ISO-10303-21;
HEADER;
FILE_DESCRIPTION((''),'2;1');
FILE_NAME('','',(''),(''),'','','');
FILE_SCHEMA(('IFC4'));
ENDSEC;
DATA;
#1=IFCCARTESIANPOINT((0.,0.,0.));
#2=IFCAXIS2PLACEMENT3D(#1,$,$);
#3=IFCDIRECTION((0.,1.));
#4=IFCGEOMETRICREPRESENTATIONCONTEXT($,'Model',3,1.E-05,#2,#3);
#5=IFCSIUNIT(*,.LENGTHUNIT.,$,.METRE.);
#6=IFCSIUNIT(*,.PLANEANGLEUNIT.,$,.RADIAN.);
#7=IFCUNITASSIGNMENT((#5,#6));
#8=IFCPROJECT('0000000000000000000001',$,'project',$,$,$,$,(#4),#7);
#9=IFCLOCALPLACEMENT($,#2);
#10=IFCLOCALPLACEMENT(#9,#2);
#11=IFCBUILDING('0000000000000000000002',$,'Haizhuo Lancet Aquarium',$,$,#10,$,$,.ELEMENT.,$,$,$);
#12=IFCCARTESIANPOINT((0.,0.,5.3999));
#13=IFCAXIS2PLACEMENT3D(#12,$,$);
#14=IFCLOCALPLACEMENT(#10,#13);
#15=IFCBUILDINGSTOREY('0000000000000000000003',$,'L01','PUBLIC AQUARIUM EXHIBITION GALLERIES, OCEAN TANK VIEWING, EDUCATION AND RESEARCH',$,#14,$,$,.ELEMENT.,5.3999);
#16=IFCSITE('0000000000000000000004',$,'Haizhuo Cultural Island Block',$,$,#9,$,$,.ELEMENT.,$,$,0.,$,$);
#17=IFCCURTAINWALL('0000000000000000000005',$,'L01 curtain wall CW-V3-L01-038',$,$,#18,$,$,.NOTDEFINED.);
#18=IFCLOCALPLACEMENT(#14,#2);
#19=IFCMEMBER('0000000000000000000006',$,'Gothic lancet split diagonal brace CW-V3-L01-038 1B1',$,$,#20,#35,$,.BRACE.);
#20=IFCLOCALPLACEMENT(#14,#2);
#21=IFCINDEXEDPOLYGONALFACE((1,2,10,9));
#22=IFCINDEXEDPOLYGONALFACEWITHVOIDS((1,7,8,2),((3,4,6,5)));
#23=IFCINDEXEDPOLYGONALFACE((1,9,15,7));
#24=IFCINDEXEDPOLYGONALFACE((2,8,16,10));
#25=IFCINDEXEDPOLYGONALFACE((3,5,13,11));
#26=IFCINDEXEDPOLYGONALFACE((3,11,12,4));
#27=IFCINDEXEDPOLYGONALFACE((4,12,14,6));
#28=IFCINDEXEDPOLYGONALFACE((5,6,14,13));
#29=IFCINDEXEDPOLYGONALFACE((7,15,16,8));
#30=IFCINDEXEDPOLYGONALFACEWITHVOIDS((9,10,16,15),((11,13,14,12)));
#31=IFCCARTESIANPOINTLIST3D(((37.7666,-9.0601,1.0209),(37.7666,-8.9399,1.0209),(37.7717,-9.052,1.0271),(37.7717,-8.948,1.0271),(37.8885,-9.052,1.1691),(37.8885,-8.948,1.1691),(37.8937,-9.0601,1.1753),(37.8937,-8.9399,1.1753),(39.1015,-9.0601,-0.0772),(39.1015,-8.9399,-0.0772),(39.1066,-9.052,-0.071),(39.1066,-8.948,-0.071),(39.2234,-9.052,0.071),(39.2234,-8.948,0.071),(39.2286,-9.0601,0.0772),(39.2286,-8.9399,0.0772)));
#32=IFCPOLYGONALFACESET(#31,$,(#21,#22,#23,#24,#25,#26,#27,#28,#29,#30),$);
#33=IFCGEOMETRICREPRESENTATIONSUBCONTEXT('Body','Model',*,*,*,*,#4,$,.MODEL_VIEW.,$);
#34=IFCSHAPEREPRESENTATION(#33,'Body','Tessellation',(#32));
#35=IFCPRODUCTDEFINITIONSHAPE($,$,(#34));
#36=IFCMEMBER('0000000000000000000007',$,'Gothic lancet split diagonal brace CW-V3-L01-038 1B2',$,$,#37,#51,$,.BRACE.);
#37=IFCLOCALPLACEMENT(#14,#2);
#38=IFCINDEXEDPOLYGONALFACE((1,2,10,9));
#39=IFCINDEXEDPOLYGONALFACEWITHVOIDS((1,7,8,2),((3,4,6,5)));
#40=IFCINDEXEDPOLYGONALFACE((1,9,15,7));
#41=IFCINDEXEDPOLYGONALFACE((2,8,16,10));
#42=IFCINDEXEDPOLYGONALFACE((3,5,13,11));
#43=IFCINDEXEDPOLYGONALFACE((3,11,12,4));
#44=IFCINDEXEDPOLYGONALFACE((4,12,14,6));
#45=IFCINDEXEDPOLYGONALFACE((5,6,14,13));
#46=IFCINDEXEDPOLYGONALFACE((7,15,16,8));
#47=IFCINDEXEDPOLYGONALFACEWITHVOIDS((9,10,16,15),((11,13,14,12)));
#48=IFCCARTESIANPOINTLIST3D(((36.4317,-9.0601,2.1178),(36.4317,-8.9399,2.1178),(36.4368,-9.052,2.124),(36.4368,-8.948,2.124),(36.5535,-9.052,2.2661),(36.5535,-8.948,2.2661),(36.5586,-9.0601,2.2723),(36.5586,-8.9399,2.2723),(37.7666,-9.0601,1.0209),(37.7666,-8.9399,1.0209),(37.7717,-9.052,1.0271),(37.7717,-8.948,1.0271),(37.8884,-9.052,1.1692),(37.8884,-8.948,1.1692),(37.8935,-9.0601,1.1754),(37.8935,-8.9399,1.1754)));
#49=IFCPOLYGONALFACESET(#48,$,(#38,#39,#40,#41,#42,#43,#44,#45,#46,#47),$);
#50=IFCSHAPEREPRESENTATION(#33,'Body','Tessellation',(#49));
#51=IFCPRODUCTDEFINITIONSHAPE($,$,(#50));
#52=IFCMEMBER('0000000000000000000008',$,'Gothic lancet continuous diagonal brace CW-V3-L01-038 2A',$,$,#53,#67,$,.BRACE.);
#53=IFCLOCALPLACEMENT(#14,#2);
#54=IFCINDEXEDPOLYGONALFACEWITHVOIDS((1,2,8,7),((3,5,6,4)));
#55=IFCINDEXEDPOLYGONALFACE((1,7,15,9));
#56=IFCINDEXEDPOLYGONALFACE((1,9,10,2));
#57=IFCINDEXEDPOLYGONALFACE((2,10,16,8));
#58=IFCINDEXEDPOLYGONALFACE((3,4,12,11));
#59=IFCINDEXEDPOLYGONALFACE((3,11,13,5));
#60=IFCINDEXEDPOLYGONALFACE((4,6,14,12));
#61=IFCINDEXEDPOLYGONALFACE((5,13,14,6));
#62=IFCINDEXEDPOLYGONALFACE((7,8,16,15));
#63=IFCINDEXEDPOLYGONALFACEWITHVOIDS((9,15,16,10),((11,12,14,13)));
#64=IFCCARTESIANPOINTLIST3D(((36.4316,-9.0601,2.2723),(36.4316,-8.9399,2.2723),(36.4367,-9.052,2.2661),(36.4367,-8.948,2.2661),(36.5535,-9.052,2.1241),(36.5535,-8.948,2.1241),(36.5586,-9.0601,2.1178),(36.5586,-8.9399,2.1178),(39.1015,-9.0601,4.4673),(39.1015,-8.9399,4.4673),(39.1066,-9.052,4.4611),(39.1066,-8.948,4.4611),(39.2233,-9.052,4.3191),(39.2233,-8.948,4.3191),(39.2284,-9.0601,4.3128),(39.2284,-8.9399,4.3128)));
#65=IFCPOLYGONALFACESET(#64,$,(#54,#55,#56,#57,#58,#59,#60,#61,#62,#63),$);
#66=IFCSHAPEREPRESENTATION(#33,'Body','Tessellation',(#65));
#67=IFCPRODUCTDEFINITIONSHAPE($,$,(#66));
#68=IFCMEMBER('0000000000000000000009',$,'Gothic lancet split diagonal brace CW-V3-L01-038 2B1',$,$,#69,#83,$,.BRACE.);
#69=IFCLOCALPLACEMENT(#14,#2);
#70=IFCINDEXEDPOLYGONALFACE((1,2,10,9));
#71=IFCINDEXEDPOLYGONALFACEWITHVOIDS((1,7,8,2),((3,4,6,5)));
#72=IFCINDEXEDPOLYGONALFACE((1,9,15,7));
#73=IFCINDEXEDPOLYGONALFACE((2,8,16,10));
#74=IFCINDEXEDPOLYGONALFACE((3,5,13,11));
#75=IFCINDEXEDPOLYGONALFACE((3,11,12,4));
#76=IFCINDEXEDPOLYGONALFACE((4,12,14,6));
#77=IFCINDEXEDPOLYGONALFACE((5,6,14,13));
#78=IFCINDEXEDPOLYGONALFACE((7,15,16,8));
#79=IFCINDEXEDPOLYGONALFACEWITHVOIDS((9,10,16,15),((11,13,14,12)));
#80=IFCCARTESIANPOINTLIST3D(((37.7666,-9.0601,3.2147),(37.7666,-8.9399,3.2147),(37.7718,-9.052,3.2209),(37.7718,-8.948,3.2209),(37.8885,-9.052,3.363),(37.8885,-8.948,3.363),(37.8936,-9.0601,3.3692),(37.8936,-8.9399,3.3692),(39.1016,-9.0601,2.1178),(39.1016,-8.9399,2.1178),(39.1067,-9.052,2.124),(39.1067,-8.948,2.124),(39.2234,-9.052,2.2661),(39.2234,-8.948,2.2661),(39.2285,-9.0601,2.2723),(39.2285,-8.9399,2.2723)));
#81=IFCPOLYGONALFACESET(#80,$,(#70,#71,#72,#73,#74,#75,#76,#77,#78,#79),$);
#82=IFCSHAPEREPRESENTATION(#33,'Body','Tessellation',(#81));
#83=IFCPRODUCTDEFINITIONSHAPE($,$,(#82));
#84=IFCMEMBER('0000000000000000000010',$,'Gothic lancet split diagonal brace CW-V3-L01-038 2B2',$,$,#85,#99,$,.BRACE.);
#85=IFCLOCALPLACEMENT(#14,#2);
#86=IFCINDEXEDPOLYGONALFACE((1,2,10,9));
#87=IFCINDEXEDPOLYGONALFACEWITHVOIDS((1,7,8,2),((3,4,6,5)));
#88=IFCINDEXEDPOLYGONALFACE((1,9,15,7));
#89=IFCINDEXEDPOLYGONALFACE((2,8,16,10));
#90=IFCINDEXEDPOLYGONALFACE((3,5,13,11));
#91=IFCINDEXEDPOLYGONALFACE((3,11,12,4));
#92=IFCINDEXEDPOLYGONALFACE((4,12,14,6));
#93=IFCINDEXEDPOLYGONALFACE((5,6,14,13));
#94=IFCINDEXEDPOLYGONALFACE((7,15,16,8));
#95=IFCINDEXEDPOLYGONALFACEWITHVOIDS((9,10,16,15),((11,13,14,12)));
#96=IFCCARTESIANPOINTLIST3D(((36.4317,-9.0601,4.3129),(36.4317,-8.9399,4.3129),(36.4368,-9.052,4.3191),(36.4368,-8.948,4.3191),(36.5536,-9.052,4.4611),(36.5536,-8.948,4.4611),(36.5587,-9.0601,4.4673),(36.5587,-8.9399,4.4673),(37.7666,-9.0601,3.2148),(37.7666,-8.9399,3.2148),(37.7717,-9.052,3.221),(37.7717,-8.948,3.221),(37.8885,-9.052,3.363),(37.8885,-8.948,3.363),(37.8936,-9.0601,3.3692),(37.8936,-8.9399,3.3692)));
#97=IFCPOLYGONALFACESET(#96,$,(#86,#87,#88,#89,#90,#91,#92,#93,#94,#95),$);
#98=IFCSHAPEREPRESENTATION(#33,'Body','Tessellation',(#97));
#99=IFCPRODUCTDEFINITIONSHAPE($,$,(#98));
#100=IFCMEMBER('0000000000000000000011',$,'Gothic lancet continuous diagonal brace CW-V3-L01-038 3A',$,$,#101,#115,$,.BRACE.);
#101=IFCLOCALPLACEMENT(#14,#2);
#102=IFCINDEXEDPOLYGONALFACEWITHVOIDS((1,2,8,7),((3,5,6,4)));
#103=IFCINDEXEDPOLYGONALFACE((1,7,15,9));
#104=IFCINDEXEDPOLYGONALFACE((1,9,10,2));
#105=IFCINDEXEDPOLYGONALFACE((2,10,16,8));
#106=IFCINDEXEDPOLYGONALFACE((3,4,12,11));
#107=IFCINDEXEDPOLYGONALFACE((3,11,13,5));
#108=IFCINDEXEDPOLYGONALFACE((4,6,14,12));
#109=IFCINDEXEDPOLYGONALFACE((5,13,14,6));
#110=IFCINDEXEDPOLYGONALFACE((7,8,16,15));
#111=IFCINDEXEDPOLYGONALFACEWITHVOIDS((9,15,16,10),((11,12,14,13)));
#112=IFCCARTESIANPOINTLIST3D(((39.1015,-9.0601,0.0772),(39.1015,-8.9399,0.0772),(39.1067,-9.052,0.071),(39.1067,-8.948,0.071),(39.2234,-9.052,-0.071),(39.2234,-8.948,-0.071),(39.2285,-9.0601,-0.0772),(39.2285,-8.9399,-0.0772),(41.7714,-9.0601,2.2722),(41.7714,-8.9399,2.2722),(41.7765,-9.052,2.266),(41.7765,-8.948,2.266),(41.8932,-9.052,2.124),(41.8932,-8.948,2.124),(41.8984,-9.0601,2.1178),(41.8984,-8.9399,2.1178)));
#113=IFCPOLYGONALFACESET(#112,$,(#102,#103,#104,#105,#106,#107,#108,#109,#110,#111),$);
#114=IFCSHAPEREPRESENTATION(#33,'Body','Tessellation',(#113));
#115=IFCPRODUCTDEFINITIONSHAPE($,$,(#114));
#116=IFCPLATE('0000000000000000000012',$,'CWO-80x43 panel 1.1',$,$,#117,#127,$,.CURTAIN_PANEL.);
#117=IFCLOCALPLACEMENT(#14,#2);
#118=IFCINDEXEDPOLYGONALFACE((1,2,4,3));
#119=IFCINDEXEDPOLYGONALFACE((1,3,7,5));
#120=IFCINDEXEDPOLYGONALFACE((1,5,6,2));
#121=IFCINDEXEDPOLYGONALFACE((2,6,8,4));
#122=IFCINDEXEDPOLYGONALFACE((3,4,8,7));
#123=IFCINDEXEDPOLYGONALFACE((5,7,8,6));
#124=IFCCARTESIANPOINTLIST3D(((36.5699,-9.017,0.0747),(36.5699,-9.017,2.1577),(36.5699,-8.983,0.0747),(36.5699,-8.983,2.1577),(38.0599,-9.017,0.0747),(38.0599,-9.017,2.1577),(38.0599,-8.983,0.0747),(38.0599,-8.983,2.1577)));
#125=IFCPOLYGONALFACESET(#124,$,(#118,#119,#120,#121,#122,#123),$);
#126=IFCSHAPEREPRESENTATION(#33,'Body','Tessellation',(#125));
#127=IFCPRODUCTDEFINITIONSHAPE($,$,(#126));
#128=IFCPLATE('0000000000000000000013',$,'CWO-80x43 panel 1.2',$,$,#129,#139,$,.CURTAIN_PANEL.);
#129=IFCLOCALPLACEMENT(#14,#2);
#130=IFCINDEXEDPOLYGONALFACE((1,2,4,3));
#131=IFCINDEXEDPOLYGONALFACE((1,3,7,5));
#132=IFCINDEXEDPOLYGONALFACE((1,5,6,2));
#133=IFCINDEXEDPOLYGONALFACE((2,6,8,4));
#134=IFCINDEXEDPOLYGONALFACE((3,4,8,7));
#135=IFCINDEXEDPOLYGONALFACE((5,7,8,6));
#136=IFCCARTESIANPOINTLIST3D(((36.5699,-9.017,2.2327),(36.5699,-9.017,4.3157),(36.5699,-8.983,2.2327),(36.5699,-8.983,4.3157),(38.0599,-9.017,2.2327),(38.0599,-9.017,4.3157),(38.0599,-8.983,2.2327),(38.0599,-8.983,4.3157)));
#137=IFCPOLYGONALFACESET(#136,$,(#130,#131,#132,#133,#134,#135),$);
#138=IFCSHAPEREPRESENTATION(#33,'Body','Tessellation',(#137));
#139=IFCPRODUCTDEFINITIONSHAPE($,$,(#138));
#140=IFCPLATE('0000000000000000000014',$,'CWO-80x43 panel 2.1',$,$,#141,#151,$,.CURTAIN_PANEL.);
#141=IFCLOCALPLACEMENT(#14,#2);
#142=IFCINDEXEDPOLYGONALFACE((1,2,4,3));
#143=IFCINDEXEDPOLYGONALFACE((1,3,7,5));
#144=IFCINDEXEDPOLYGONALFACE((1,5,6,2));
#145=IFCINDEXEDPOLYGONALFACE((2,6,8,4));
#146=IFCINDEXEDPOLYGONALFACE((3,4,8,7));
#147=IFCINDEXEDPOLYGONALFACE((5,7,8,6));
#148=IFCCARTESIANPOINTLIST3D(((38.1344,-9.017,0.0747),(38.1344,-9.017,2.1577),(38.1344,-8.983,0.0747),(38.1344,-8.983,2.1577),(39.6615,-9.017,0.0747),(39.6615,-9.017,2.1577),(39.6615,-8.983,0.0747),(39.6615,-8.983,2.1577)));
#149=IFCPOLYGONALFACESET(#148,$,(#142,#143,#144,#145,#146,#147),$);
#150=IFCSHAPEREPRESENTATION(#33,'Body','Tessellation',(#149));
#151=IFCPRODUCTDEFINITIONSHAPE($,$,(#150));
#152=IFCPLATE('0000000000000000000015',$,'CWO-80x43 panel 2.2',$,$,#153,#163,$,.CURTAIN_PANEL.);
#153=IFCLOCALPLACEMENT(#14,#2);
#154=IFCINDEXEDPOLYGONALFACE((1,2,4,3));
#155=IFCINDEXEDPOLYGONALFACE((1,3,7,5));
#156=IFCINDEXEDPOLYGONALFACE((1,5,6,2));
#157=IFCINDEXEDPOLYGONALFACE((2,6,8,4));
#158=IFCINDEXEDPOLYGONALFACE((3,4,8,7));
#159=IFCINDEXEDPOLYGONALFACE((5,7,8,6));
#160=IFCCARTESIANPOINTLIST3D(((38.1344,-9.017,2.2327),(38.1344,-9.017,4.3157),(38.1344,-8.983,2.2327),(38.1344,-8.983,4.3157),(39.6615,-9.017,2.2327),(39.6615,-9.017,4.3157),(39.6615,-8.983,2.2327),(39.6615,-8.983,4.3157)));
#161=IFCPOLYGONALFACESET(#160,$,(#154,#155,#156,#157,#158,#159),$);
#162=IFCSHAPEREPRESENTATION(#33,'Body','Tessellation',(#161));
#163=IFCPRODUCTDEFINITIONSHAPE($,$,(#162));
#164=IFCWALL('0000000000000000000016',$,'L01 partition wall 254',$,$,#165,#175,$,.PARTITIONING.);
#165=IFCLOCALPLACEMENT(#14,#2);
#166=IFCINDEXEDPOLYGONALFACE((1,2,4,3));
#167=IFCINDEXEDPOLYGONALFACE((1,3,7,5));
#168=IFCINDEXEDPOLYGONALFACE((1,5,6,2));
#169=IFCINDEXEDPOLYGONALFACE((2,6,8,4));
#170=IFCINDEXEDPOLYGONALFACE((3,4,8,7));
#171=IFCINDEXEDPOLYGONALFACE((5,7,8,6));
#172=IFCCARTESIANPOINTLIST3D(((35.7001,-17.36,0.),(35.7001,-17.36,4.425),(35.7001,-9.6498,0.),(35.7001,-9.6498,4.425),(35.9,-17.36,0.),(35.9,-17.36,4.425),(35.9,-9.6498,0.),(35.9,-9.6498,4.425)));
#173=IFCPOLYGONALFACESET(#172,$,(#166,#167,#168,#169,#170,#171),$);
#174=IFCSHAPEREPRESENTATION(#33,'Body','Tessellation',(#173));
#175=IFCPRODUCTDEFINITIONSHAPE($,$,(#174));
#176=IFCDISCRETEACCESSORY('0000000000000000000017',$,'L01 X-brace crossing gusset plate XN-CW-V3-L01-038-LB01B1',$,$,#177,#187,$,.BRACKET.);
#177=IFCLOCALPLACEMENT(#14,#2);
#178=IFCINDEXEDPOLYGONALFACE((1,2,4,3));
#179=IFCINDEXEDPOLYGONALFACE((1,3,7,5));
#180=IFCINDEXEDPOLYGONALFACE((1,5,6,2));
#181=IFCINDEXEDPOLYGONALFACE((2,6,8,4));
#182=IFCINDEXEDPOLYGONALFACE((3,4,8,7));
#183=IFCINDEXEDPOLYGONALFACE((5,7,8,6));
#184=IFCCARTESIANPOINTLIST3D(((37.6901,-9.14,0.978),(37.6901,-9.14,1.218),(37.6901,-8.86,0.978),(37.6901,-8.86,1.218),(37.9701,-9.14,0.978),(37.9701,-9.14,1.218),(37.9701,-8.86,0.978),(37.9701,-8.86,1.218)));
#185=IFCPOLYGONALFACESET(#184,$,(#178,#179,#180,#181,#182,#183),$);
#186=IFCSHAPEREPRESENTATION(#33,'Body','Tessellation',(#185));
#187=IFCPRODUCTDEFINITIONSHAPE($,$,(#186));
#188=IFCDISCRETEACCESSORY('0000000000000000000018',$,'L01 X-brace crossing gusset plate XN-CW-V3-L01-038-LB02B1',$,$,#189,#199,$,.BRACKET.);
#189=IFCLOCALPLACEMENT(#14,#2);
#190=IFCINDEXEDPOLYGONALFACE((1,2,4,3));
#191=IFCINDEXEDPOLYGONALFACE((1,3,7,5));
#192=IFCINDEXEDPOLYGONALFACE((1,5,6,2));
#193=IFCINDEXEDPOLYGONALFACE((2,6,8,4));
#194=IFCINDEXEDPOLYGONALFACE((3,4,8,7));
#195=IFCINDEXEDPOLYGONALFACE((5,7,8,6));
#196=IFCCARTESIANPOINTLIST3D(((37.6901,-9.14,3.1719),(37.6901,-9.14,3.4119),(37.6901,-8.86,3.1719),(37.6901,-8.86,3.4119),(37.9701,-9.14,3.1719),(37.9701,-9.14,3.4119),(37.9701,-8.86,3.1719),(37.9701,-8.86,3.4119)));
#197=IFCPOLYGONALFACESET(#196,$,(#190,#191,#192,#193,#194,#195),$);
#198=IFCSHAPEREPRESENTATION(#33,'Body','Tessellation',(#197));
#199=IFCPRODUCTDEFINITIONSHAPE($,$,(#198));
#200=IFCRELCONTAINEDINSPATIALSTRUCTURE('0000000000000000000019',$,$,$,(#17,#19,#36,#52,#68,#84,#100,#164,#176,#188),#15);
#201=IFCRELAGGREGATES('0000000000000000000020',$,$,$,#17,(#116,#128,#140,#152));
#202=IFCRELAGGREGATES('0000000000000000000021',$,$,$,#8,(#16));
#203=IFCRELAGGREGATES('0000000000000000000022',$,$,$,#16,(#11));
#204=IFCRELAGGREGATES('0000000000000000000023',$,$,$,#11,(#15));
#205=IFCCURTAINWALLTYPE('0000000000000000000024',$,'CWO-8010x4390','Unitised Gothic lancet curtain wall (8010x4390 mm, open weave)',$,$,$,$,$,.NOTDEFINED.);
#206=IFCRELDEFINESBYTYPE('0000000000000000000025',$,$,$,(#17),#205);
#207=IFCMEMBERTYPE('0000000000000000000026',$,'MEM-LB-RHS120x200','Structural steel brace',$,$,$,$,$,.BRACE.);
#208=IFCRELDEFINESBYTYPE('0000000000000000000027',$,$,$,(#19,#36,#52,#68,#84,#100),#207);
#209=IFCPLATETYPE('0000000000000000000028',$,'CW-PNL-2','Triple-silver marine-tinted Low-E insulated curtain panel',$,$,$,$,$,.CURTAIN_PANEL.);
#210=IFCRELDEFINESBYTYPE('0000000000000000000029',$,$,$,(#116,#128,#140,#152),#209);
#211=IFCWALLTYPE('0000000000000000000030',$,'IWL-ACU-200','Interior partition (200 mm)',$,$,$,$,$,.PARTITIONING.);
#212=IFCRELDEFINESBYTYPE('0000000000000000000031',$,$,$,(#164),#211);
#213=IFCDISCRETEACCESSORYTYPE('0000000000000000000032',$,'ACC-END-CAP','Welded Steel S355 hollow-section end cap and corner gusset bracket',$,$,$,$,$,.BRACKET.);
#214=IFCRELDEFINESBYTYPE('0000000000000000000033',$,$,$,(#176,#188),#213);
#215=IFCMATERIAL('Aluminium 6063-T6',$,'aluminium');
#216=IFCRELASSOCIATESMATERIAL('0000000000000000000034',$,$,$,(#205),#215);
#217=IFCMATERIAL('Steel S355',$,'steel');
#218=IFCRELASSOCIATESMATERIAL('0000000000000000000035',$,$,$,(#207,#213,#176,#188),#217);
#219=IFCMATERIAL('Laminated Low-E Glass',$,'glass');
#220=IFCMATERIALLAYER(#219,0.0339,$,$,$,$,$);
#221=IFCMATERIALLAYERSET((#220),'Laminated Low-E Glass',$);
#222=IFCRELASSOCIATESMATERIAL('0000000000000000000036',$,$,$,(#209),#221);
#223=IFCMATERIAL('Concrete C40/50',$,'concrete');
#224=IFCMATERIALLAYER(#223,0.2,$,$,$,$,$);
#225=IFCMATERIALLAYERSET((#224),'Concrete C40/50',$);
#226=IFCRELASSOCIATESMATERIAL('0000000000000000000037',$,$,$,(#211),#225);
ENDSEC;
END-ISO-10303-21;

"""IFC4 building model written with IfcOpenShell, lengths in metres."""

from ifc_helpers import new_model, si_unit, direction, frame, frame_2d, origin, origin_2d, place, context, subcontext, project, spatial, rectangle, hollow_rectangle, extrude, material, layer, layer_set, material_profile, profile_set, type_object, element, aggregate, save


model = new_model("IFC4")

# Units and contexts
model_context = context("Model", 3, precision=1e-05, world=origin(), true_north=direction((0.0, 1.0)))
body_context = subcontext(model_context, "Body", "Model", "MODEL_VIEW")
ifc_project = project(units=[si_unit("LENGTHUNIT", "METRE"), si_unit("PLANEANGLEUNIT", "RADIAN")], contexts=[model_context])

# Site, building, storey
site_placement = place(None, origin())
site = spatial("IfcSite", under=ifc_project, at=site_placement, Name="Haizhuo Cultural Island Block", CompositionType="ELEMENT", RefElevation=0.0)
building_placement = place(site_placement, origin())
building = spatial("IfcBuilding", under=site, at=building_placement, Name="Haizhuo Lancet Aquarium", CompositionType="ELEMENT")
storey_placement = place(building_placement, frame((0.0, 0.0, 5.3999)))
storey = spatial("IfcBuildingStorey", under=building, at=storey_placement, Name="L01", Description="PUBLIC AQUARIUM EXHIBITION GALLERIES, OCEAN TANK VIEWING, EDUCATION AND RESEARCH", CompositionType="ELEMENT", Elevation=5.3999)

# Shared definitions
ifc_material_1 = material(Name="Concrete C40/50", Category="concrete")

# Curtain wall
ifc_material_2 = material(Name="Aluminium 6063-T6", Category="aluminium")
curtain_wall_type = type_object("IfcCurtainWallType", Name="CWO-8010x4390", Description="Unitised Gothic lancet curtain wall (8010x4390 mm, open weave)", PredefinedType="NOTDEFINED", material=ifc_material_2)
curtain_wall_placement = place(storey_placement, origin())
curtain_wall = element("IfcCurtainWall", 1, at=curtain_wall_placement, inside=storey, type_object=curtain_wall_type, Name="L01 curtain wall CW-V3-L01-038", PredefinedType="NOTDEFINED")

# Members
ifc_material_3 = material(Name="Steel S355", Category="steel")
ifc_material_profile_1 = material_profile(ifc_material_3, hollow_rectangle(XDim=0.1201, YDim=0.2, WallThickness=0.0081, at=origin_2d()), Name="RHS 120x200x8")
ifc_profile_set_1 = profile_set([ifc_material_profile_1], Name="Steel S355")
member_type_1 = type_object("IfcMemberType", Name="MEM-LB-RHS120x200", Description="Structural steel brace", PredefinedType="BRACE", material=ifc_profile_set_1)
member_1_placement = place(storey_placement, frame((39.165, -9.0, 0.0), z_axis=(-0.772281, 0.0, 0.635281), x_axis=(0.0, -1.0, 0.0)))
element("IfcMember", 2, at=member_1_placement, inside=storey, type_object=member_type_1, Name="Gothic lancet split diagonal brace CW-V3-L01-038 1B1", PredefinedType="BRACE", context=body_context, shape_type="SweptSolid", body=[
    extrude(hollow_rectangle(XDim=0.1201, YDim=0.2, WallThickness=0.0081, at=origin_2d()), origin(), (0.0, 0.0, 1.0), 1.7285),
])
member_2_placement = place(storey_placement, frame((37.8301, -9.0, 1.0981), z_axis=(-0.772627, 0.0, 0.63486), x_axis=(0.0, -1.0, 0.0)))
element("IfcMember", 3, at=member_2_placement, inside=storey, type_object=member_type_1, Name="Gothic lancet split diagonal brace CW-V3-L01-038 1B2", PredefinedType="BRACE", context=body_context, shape_type="SweptSolid", body=[
    extrude(hollow_rectangle(XDim=0.1201, YDim=0.2, WallThickness=0.0081, at=origin_2d()), origin(), (0.0, 0.0, 1.0), 1.7278),
])
member_3_placement = place(storey_placement, frame((36.4951, -9.0, 2.1951), z_axis=(0.772454, 0.0, 0.635071), x_axis=(0.0, 1.0, 0.0)))
element("IfcMember", 4, at=member_3_placement, inside=storey, type_object=member_type_1, Name="Gothic lancet continuous diagonal brace CW-V3-L01-038 2A", PredefinedType="BRACE", context=body_context, shape_type="SweptSolid", body=[
    extrude(hollow_rectangle(XDim=0.1201, YDim=0.2, WallThickness=0.0081, at=origin_2d()), origin(), (0.0, 0.0, 1.0), 3.4563),
])
member_4_placement = place(storey_placement, frame((39.165, -9.0, 2.1951), z_axis=(-0.772627, 0.0, 0.63486), x_axis=(0.0, -1.0, 0.0)))
element("IfcMember", 5, at=member_4_placement, inside=storey, type_object=member_type_1, Name="Gothic lancet split diagonal brace CW-V3-L01-038 2B1", PredefinedType="BRACE", context=body_context, shape_type="SweptSolid", body=[
    extrude(hollow_rectangle(XDim=0.1201, YDim=0.2, WallThickness=0.0081, at=origin_2d()), origin(), (0.0, 0.0, 1.0), 1.7278),
])
member_5_placement = place(storey_placement, frame((37.8301, -9.0, 3.292), z_axis=(-0.772281, 0.0, 0.635281), x_axis=(0.0, -1.0, 0.0)))
element("IfcMember", 6, at=member_5_placement, inside=storey, type_object=member_type_1, Name="Gothic lancet split diagonal brace CW-V3-L01-038 2B2", PredefinedType="BRACE", context=body_context, shape_type="SweptSolid", body=[
    extrude(hollow_rectangle(XDim=0.1201, YDim=0.2, WallThickness=0.0081, at=origin_2d()), origin(), (0.0, 0.0, 1.0), 1.7285),
])
member_6_placement = place(storey_placement, frame((39.165, -9.0, 0.0), z_axis=(0.772454, 0.0, 0.635071), x_axis=(0.0, 1.0, 0.0)))
element("IfcMember", 7, at=member_6_placement, inside=storey, type_object=member_type_1, Name="Gothic lancet continuous diagonal brace CW-V3-L01-038 3A", PredefinedType="BRACE", context=body_context, shape_type="SweptSolid", body=[
    extrude(hollow_rectangle(XDim=0.1201, YDim=0.2, WallThickness=0.0081, at=origin_2d()), origin(), (0.0, 0.0, 1.0), 3.4563),
])

# Plates
ifc_material_4 = material(Name="Laminated Low-E Glass", Category="glass")
ifc_layer_1 = layer(ifc_material_4, 0.0339)
ifc_layer_set_1 = layer_set([ifc_layer_1], Name="Laminated Low-E Glass")
plate_type = type_object("IfcPlateType", Name="CW-PNL-2", Description="Triple-silver marine-tinted Low-E insulated curtain panel", PredefinedType="CURTAIN_PANEL", material=ifc_layer_set_1)
plate_1_placement = place(storey_placement, frame((37.3149, -9.0, 0.0747), z_axis=(0.0, 0.0, 1.0), x_axis=(1.0, 0.0, 0.0)))
plate_1 = element("IfcPlate", 8, at=plate_1_placement, type_object=plate_type, Name="CWO-80x43 panel 1.1", PredefinedType="CURTAIN_PANEL", context=body_context, shape_type="SweptSolid", body=[
    extrude(rectangle(XDim=1.49, YDim=0.0339, at=origin_2d()), origin(), (0.0, 0.0, 1.0), 2.083),
])
plate_2_placement = place(storey_placement, frame((37.3149, -9.0, 2.2327), z_axis=(0.0, 0.0, 1.0), x_axis=(1.0, 0.0, 0.0)))
plate_2 = element("IfcPlate", 9, at=plate_2_placement, type_object=plate_type, Name="CWO-80x43 panel 1.2", PredefinedType="CURTAIN_PANEL", context=body_context, shape_type="SweptSolid", body=[
    extrude(rectangle(XDim=1.49, YDim=0.0339, at=origin_2d()), origin(), (0.0, 0.0, 1.0), 2.083),
])
plate_3_placement = place(storey_placement, frame((38.8979, -9.0, 0.0747), z_axis=(0.0, 0.0, 1.0), x_axis=(1.0, 0.0, 0.0)))
plate_3 = element("IfcPlate", 10, at=plate_3_placement, type_object=plate_type, Name="CWO-80x43 panel 2.1", PredefinedType="CURTAIN_PANEL", context=body_context, shape_type="SweptSolid", body=[
    extrude(rectangle(XDim=1.5271, YDim=0.0339, at=origin_2d()), origin(), (0.0, 0.0, 1.0), 2.083),
])
plate_4_placement = place(storey_placement, frame((38.8979, -9.0, 2.2327), z_axis=(0.0, 0.0, 1.0), x_axis=(1.0, 0.0, 0.0)))
plate_4 = element("IfcPlate", 11, at=plate_4_placement, type_object=plate_type, Name="CWO-80x43 panel 2.2", PredefinedType="CURTAIN_PANEL", context=body_context, shape_type="SweptSolid", body=[
    extrude(rectangle(XDim=1.5271, YDim=0.0339, at=origin_2d()), origin(), (0.0, 0.0, 1.0), 2.083),
])
aggregate(curtain_wall, [plate_1, plate_2, plate_3, plate_4])

# Wall
ifc_layer_2 = layer(ifc_material_1, 0.2)
ifc_layer_set_2 = layer_set([ifc_layer_2], Name="Concrete C40/50")
wall_type = type_object("IfcWallType", Name="IWL-ACU-200", Description="Interior partition (200 mm)", PredefinedType="PARTITIONING", material=ifc_layer_set_2)
wall_placement = place(storey_placement, frame((35.8, -9.6499, 0.0), z_axis=(0.0, 0.0, 1.0), x_axis=(0.0, -1.0, 0.0)))
element("IfcWall", 12, at=wall_placement, inside=storey, type_object=wall_type, Name="L01 partition wall 254", PredefinedType="PARTITIONING", context=body_context, shape_type="SweptSolid", body=[
    extrude(rectangle(XDim=7.7102, YDim=0.2, at=frame_2d((3.855, 0.0))), origin(), (0.0, 0.0, 1.0), 4.425),
])

# Discrete accessories
discrete_accessory_type = type_object("IfcDiscreteAccessoryType", Name="ACC-END-CAP", Description="Welded Steel S355 hollow-section end cap and corner gusset bracket", PredefinedType="BRACKET", material=ifc_material_3)
for number, where, z_axis, x_axis, name in (
    (13, (37.8301, -9.0, 0.978), (0.0, 0.0, 1.0), (1.0, 0.0, 0.0), "L01 X-brace crossing gusset plate XN-CW-V3-L01-038-LB01B1"),
    (14, (37.8301, -9.0, 3.1719), (0.0, 0.0, 1.0), (1.0, 0.0, 0.0), "L01 X-brace crossing gusset plate XN-CW-V3-L01-038-LB02B1"),
):
    element("IfcDiscreteAccessory", number, at=place(storey_placement, frame(where, z_axis=z_axis, x_axis=x_axis)), inside=storey, type_object=discrete_accessory_type, material=ifc_material_3, Name=name, PredefinedType="BRACKET", context=body_context, shape_type="SweptSolid", body=[
        extrude(rectangle(XDim=0.28, YDim=0.28, at=origin_2d()), origin(), (0.0, 0.0, 1.0), 0.24),
    ])

save(model, "model.ifc")
